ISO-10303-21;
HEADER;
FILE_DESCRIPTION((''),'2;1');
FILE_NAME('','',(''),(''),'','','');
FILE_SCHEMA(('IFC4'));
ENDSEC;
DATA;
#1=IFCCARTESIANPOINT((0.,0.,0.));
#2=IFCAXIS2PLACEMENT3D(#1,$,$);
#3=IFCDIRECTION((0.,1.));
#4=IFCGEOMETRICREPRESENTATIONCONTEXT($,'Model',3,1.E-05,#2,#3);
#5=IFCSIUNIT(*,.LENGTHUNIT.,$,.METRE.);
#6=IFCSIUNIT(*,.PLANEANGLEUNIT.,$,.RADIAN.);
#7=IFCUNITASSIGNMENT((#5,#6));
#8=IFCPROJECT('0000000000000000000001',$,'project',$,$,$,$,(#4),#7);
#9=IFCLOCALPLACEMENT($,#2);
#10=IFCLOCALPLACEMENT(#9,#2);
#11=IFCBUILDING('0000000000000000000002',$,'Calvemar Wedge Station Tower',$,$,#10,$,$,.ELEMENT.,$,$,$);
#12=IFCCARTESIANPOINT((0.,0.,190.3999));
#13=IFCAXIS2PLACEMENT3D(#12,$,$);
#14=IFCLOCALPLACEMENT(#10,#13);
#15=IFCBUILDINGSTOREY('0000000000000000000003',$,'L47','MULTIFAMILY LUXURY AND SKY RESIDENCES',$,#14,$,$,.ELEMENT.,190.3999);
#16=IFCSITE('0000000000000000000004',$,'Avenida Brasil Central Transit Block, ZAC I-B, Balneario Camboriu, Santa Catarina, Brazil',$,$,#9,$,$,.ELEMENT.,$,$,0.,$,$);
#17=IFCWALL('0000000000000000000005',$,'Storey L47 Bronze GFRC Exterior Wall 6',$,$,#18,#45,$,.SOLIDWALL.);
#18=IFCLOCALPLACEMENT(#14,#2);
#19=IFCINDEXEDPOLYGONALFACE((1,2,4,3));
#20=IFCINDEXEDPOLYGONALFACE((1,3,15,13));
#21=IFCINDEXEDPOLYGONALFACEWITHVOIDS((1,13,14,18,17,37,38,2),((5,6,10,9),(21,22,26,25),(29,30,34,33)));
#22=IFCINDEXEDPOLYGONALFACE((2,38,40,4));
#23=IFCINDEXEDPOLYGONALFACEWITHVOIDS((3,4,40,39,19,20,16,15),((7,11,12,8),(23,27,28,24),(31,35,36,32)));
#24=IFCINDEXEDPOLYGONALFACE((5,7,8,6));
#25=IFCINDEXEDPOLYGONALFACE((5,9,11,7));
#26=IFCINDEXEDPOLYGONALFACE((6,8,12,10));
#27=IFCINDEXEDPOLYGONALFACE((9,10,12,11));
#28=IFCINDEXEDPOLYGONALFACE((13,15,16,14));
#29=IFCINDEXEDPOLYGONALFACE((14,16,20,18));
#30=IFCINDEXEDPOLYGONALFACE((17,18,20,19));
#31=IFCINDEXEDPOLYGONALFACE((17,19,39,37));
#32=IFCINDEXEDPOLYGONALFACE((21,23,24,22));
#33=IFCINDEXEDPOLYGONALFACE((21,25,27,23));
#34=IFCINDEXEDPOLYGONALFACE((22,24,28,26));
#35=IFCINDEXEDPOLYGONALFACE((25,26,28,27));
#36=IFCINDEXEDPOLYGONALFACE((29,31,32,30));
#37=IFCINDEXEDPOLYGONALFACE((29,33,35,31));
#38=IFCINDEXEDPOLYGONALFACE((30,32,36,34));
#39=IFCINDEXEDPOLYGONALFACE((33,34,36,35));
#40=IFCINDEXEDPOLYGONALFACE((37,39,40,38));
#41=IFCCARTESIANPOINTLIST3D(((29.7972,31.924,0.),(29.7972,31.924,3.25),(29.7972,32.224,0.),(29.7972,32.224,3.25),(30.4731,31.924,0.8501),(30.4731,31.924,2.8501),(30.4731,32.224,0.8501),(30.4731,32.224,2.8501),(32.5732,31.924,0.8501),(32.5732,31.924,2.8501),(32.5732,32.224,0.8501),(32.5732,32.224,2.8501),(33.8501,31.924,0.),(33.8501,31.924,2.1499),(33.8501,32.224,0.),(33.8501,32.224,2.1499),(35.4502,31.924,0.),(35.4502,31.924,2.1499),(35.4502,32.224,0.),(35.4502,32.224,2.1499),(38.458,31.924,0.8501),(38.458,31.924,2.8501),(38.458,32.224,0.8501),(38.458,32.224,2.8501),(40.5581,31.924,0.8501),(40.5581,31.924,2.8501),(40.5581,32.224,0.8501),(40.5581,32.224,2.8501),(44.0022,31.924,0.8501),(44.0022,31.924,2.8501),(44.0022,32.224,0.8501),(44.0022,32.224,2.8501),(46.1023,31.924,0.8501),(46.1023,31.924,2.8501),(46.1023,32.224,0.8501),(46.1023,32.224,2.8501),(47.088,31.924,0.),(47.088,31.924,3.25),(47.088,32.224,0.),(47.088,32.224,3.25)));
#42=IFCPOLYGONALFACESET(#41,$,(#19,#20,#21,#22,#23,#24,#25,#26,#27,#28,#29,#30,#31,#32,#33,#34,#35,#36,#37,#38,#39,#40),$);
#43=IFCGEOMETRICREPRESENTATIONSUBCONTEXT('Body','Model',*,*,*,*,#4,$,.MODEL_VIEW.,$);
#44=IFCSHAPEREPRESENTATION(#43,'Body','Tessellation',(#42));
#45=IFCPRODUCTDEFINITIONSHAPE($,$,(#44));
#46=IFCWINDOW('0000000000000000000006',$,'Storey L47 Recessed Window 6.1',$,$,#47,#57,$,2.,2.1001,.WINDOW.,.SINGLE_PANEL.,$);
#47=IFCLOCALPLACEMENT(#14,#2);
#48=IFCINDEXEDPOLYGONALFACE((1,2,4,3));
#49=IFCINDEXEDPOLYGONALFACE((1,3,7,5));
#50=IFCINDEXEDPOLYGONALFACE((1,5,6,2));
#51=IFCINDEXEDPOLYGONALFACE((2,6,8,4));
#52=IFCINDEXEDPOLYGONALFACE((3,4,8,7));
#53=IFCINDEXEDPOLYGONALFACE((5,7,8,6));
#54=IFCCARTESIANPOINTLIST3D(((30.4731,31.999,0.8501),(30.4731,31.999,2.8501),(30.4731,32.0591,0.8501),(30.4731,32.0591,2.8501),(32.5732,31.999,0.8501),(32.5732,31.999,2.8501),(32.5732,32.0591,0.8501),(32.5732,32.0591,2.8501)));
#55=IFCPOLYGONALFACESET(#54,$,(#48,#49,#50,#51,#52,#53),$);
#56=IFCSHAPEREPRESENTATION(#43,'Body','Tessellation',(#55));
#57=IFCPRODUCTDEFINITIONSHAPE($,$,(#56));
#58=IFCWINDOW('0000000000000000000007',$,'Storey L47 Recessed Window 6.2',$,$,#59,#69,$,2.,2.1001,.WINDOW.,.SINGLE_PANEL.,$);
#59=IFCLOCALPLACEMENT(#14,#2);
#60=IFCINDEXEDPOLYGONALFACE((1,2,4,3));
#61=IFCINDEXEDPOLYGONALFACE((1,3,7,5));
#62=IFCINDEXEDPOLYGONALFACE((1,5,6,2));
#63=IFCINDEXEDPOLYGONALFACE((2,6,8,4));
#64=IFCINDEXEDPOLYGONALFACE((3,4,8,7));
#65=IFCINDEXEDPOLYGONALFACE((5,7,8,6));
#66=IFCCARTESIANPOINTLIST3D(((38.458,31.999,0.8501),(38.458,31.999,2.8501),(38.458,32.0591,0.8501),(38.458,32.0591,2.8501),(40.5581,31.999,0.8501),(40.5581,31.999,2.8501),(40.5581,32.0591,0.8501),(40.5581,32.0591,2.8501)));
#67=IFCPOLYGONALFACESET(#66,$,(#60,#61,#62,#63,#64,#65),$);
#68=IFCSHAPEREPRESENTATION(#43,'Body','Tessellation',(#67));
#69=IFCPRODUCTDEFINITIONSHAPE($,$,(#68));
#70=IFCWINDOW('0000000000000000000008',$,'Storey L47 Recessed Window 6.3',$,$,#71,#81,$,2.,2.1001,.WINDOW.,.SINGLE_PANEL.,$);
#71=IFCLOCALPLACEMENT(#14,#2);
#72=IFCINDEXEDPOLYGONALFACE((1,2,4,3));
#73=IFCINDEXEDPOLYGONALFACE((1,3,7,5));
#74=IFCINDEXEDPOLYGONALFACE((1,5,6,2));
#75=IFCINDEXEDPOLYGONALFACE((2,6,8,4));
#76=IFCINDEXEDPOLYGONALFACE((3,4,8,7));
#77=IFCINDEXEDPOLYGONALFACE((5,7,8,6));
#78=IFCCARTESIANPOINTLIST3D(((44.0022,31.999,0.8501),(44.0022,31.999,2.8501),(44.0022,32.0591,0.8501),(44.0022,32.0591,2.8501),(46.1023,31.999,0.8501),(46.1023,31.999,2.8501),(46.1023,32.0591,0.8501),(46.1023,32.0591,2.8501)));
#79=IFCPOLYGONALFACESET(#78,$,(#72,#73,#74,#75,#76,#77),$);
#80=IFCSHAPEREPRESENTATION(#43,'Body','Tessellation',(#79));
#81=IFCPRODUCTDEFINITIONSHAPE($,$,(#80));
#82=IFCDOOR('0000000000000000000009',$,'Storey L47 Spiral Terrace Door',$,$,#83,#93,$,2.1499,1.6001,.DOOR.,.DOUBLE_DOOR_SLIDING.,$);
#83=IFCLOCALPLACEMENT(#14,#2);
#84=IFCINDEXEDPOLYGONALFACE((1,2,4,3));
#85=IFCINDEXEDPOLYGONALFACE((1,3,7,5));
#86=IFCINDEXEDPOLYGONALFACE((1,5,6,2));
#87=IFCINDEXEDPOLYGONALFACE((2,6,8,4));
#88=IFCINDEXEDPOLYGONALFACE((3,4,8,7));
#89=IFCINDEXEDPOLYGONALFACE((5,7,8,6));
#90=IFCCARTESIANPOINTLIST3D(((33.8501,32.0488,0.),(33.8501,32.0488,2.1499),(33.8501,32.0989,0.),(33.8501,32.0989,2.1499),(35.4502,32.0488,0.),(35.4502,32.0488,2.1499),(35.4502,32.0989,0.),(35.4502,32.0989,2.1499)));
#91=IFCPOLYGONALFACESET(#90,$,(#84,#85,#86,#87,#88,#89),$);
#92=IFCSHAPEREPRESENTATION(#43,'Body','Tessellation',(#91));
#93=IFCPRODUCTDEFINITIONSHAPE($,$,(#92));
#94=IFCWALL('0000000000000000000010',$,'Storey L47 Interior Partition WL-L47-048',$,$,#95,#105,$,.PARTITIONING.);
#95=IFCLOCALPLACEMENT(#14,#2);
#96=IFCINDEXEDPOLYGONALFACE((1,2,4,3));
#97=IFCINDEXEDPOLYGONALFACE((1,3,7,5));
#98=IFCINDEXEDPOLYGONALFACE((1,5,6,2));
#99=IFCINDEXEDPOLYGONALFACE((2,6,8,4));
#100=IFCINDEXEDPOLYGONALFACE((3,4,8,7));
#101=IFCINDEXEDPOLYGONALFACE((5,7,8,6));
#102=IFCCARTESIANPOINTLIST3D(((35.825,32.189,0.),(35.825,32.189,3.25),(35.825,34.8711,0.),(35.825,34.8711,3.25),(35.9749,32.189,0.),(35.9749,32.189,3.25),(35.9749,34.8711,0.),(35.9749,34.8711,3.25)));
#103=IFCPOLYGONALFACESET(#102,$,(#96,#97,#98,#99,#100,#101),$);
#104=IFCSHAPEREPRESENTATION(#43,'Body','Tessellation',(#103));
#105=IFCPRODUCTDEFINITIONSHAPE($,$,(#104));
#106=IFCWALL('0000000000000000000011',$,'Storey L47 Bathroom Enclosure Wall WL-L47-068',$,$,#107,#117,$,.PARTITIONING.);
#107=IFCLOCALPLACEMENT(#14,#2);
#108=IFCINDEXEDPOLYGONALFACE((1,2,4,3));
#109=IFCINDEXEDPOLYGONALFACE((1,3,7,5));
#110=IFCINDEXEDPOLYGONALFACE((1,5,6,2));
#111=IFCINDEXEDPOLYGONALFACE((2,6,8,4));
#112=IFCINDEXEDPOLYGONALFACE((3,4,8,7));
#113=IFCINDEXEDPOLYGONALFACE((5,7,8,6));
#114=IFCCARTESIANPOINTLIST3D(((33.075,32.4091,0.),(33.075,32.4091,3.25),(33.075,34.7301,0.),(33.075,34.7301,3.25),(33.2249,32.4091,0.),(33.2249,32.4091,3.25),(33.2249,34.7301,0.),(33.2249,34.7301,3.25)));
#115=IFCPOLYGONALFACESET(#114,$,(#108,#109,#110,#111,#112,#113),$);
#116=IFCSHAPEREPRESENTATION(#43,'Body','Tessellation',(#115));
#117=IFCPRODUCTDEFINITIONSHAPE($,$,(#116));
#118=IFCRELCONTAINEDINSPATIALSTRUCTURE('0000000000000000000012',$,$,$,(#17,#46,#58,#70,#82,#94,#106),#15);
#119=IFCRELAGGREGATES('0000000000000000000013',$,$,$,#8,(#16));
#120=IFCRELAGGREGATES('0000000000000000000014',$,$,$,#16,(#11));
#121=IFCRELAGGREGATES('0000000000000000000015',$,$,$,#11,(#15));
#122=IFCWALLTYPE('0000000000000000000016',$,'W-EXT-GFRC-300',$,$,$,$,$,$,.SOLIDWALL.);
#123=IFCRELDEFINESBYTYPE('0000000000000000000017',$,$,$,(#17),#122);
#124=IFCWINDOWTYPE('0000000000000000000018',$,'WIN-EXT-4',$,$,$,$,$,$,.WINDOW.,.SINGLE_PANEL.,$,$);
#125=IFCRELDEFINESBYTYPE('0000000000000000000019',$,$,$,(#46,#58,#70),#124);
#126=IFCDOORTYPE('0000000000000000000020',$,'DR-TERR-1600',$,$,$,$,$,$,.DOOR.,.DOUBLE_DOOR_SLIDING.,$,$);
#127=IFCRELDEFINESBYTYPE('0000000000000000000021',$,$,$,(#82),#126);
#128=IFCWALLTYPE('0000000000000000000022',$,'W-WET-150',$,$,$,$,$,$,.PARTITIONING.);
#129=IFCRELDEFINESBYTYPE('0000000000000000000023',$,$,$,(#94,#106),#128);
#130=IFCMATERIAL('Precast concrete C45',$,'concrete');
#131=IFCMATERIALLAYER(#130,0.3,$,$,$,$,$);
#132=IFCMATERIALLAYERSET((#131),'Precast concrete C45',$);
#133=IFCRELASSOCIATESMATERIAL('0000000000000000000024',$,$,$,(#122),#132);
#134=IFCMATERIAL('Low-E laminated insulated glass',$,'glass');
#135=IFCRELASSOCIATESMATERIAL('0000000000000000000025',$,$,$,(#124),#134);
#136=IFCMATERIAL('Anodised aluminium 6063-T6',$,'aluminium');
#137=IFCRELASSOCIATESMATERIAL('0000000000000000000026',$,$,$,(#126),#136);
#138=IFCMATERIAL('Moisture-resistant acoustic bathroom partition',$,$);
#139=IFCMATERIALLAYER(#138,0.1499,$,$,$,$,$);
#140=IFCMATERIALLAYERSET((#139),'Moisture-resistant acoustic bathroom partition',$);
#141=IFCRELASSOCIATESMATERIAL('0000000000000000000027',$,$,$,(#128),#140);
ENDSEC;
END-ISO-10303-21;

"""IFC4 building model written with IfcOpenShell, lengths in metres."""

from ifc_helpers import new_model, si_unit, direction, frame, frame_2d, origin, place, context, subcontext, project, spatial, rectangle, extrude, source, transform, mapped, material, layer, layer_set, type_object, element, fill, save


model = new_model("IFC4")

# Units and contexts
model_context = context("Model", 3, precision=1e-05, world=origin(), true_north=direction((0.0, 1.0)))
body_context = subcontext(model_context, "Body", "Model", "MODEL_VIEW")
ifc_project = project(units=[si_unit("LENGTHUNIT", "METRE"), si_unit("PLANEANGLEUNIT", "RADIAN")], contexts=[model_context])

# Site, building, storey
site_placement = place(None, origin())
site = spatial("IfcSite", under=ifc_project, at=site_placement, Name="Avenida Brasil Central Transit Block, ZAC I-B, Balneario Camboriu, Santa Catarina, Brazil", CompositionType="ELEMENT", RefElevation=0.0)
building_placement = place(site_placement, origin())
building = spatial("IfcBuilding", under=site, at=building_placement, Name="Calvemar Wedge Station Tower", CompositionType="ELEMENT")
storey_placement = place(building_placement, frame((0.0, 0.0, 190.3999)))
storey = spatial("IfcBuildingStorey", under=building, at=storey_placement, Name="L47", Description="MULTIFAMILY LUXURY AND SKY RESIDENCES", CompositionType="ELEMENT", Elevation=190.3999)

# Shared definitions
ifc_material_1 = material(Name="Anodised aluminium 6063-T6", Category="aluminium")
ifc_material_2 = material(Name="Low-E laminated insulated glass", Category="glass")

# Shared definitions
ifc_material_3 = material(Name="Precast concrete C45", Category="concrete")
ifc_layer_1 = layer(ifc_material_3, 0.3)
ifc_layer_set_1 = layer_set([ifc_layer_1], Name="Precast concrete C45")
wall_type_1 = type_object("IfcWallType", Name="W-EXT-GFRC-300", PredefinedType="SOLIDWALL", material=ifc_layer_set_1)

# Wall, openings, windows, door
wall_1_placement = place(storey_placement, frame((29.7971, 32.074, 0.0), z_axis=(0.0, 0.0, 1.0), x_axis=(1.0, 0.0, 0.0)))
wall_1 = element("IfcWall", 1, at=wall_1_placement, inside=storey, type_object=wall_type_1, Name="Storey L47 Bronze GFRC Exterior Wall 6", PredefinedType="SOLIDWALL", context=body_context, shape_type="SweptSolid", body=[
    extrude(rectangle(XDim=17.2908, YDim=0.3, at=frame_2d((8.6455, 0.0))), origin(), (0.0, 0.0, 1.0), 3.25),
])
shared_shape_1 = source(origin(), body_context, "Body", "SweptSolid", [
    extrude(rectangle(XDim=1.6001, YDim=2.1499, at=frame_2d((0.8, 1.075))), frame((0.0, 0.1602, 0.0), z_axis=(0.0, -1.0, 0.0), x_axis=(1.0, 0.0, 0.0)), (0.0, 0.0, 1.0), 0.3201),
])
opening_1_placement = place(wall_1_placement, frame((4.053, 0.0, 0.0)))
opening_1 = element("IfcOpeningElement", 2, at=opening_1_placement, cuts=wall_1, PredefinedType="OPENING", context=body_context, shape_type="MappedRepresentation", body=[
    mapped(shared_shape_1, transform((0.0, 0.0, 0.0), scale=1.0)),
])
shared_shape_2 = source(origin(), body_context, "Body", "SweptSolid", [
    extrude(rectangle(XDim=2.1001, YDim=2.0, at=frame_2d((1.05, 1.0))), frame((0.0, 0.1602, 0.0), z_axis=(0.0, -1.0, 0.0), x_axis=(1.0, 0.0, 0.0)), (0.0, 0.0, 1.0), 0.3201),
])
opening_2_placement = place(wall_1_placement, frame((0.676, 0.0, 0.8501)))
opening_2 = element("IfcOpeningElement", 3, at=opening_2_placement, cuts=wall_1, PredefinedType="OPENING", context=body_context, shape_type="MappedRepresentation", body=[
    mapped(shared_shape_2, transform((0.0, 0.0, 0.0), scale=1.0)),
])
opening_3_placement = place(wall_1_placement, frame((8.6609, 0.0, 0.8501)))
opening_3 = element("IfcOpeningElement", 4, at=opening_3_placement, cuts=wall_1, PredefinedType="OPENING", context=body_context, shape_type="MappedRepresentation", body=[
    mapped(shared_shape_2, transform((0.0, 0.0, 0.0), scale=1.0)),
])
opening_4_placement = place(wall_1_placement, frame((14.2051, 0.0, 0.8501)))
opening_4 = element("IfcOpeningElement", 5, at=opening_4_placement, cuts=wall_1, PredefinedType="OPENING", context=body_context, shape_type="MappedRepresentation", body=[
    mapped(shared_shape_2, transform((0.0, 0.0, 0.0), scale=1.0)),
])
window_type_1 = type_object("IfcWindowType", Name="WIN-EXT-4", PartitioningType="SINGLE_PANEL", PredefinedType="WINDOW", material=ifc_material_2)
shared_shape_3 = source(origin(), body_context, "Body", "SweptSolid", [
    extrude(rectangle(XDim=2.1001, YDim=2.0, at=frame_2d((1.05, 1.0))), frame((0.0, -0.0149, 0.0), z_axis=(0.0, -1.0, 0.0), x_axis=(1.0, 0.0, 0.0)), (0.0, 0.0, 1.0), 0.0601),
])
window_1_placement = place(opening_2_placement, origin())
window_1 = element("IfcWindow", 6, at=window_1_placement, inside=storey, type_object=window_type_1, Name="Storey L47 Recessed Window 6.1", OverallHeight=2.0, OverallWidth=2.1001, PartitioningType="SINGLE_PANEL", PredefinedType="WINDOW", context=body_context, shape_type="MappedRepresentation", body=[
    mapped(shared_shape_3, transform((0.0, 0.0, 0.0), scale=1.0)),
])
fill(opening_2, window_1)
window_2_placement = place(opening_3_placement, origin())
window_2 = element("IfcWindow", 7, at=window_2_placement, inside=storey, type_object=window_type_1, Name="Storey L47 Recessed Window 6.2", OverallHeight=2.0, OverallWidth=2.1001, PartitioningType="SINGLE_PANEL", PredefinedType="WINDOW", context=body_context, shape_type="MappedRepresentation", body=[
    mapped(shared_shape_3, transform((0.0, 0.0, 0.0), scale=1.0)),
])
fill(opening_3, window_2)
window_3_placement = place(opening_4_placement, origin())
window_3 = element("IfcWindow", 8, at=window_3_placement, inside=storey, type_object=window_type_1, Name="Storey L47 Recessed Window 6.3", OverallHeight=2.0, OverallWidth=2.1001, PartitioningType="SINGLE_PANEL", PredefinedType="WINDOW", context=body_context, shape_type="MappedRepresentation", body=[
    mapped(shared_shape_3, transform((0.0, 0.0, 0.0), scale=1.0)),
])
fill(opening_4, window_3)
door_type_1 = type_object("IfcDoorType", Name="DR-TERR-1600", OperationType="DOUBLE_DOOR_SLIDING", PredefinedType="DOOR", material=ifc_material_1)
shared_shape_4 = source(origin(), body_context, "Body", "SweptSolid", [
    extrude(rectangle(XDim=1.6001, YDim=2.1499, at=frame_2d((0.8, 1.075))), frame((0.0, 0.0249, 0.0), z_axis=(0.0, -1.0, 0.0), x_axis=(1.0, 0.0, 0.0)), (0.0, 0.0, 1.0), 0.05),
])
door_1_placement = place(opening_1_placement, origin())
door_1 = element("IfcDoor", 9, at=door_1_placement, inside=storey, type_object=door_type_1, Name="Storey L47 Spiral Terrace Door", OperationType="DOUBLE_DOOR_SLIDING", OverallHeight=2.1499, OverallWidth=1.6001, PredefinedType="DOOR", context=body_context, shape_type="MappedRepresentation", body=[
    mapped(shared_shape_4, transform((0.0, 0.0, 0.0), scale=1.0)),
])
fill(opening_1, door_1)

# Walls
ifc_material_4 = material(Name="Moisture-resistant acoustic bathroom partition")
ifc_layer_2 = layer(ifc_material_4, 0.1499)
ifc_layer_set_2 = layer_set([ifc_layer_2], Name="Moisture-resistant acoustic bathroom partition")
wall_type_2 = type_object("IfcWallType", Name="W-WET-150", PredefinedType="PARTITIONING", material=ifc_layer_set_2)
wall_2_placement = place(storey_placement, frame((35.8999, 34.8711, 0.0), z_axis=(0.0, 0.0, 1.0), x_axis=(0.0, -1.0, 0.0)))
element("IfcWall", 10, at=wall_2_placement, inside=storey, type_object=wall_type_2, Name="Storey L47 Interior Partition WL-L47-048", PredefinedType="PARTITIONING", context=body_context, shape_type="SweptSolid", body=[
    extrude(rectangle(XDim=2.6821, YDim=0.1499, at=frame_2d((1.3411, 0.0))), origin(), (0.0, 0.0, 1.0), 3.25),
])
wall_3_placement = place(storey_placement, frame((33.1499, 32.4089, 0.0), z_axis=(0.0, 0.0, 1.0), x_axis=(0.0, 1.0, 0.0)))
element("IfcWall", 11, at=wall_3_placement, inside=storey, type_object=wall_type_2, Name="Storey L47 Bathroom Enclosure Wall WL-L47-068", PredefinedType="PARTITIONING", context=body_context, shape_type="SweptSolid", body=[
    extrude(rectangle(XDim=2.321, YDim=0.1499, at=frame_2d((1.1606, 0.0))), origin(), (0.0, 0.0, 1.0), 3.25),
])

save(model, "model.ifc")
